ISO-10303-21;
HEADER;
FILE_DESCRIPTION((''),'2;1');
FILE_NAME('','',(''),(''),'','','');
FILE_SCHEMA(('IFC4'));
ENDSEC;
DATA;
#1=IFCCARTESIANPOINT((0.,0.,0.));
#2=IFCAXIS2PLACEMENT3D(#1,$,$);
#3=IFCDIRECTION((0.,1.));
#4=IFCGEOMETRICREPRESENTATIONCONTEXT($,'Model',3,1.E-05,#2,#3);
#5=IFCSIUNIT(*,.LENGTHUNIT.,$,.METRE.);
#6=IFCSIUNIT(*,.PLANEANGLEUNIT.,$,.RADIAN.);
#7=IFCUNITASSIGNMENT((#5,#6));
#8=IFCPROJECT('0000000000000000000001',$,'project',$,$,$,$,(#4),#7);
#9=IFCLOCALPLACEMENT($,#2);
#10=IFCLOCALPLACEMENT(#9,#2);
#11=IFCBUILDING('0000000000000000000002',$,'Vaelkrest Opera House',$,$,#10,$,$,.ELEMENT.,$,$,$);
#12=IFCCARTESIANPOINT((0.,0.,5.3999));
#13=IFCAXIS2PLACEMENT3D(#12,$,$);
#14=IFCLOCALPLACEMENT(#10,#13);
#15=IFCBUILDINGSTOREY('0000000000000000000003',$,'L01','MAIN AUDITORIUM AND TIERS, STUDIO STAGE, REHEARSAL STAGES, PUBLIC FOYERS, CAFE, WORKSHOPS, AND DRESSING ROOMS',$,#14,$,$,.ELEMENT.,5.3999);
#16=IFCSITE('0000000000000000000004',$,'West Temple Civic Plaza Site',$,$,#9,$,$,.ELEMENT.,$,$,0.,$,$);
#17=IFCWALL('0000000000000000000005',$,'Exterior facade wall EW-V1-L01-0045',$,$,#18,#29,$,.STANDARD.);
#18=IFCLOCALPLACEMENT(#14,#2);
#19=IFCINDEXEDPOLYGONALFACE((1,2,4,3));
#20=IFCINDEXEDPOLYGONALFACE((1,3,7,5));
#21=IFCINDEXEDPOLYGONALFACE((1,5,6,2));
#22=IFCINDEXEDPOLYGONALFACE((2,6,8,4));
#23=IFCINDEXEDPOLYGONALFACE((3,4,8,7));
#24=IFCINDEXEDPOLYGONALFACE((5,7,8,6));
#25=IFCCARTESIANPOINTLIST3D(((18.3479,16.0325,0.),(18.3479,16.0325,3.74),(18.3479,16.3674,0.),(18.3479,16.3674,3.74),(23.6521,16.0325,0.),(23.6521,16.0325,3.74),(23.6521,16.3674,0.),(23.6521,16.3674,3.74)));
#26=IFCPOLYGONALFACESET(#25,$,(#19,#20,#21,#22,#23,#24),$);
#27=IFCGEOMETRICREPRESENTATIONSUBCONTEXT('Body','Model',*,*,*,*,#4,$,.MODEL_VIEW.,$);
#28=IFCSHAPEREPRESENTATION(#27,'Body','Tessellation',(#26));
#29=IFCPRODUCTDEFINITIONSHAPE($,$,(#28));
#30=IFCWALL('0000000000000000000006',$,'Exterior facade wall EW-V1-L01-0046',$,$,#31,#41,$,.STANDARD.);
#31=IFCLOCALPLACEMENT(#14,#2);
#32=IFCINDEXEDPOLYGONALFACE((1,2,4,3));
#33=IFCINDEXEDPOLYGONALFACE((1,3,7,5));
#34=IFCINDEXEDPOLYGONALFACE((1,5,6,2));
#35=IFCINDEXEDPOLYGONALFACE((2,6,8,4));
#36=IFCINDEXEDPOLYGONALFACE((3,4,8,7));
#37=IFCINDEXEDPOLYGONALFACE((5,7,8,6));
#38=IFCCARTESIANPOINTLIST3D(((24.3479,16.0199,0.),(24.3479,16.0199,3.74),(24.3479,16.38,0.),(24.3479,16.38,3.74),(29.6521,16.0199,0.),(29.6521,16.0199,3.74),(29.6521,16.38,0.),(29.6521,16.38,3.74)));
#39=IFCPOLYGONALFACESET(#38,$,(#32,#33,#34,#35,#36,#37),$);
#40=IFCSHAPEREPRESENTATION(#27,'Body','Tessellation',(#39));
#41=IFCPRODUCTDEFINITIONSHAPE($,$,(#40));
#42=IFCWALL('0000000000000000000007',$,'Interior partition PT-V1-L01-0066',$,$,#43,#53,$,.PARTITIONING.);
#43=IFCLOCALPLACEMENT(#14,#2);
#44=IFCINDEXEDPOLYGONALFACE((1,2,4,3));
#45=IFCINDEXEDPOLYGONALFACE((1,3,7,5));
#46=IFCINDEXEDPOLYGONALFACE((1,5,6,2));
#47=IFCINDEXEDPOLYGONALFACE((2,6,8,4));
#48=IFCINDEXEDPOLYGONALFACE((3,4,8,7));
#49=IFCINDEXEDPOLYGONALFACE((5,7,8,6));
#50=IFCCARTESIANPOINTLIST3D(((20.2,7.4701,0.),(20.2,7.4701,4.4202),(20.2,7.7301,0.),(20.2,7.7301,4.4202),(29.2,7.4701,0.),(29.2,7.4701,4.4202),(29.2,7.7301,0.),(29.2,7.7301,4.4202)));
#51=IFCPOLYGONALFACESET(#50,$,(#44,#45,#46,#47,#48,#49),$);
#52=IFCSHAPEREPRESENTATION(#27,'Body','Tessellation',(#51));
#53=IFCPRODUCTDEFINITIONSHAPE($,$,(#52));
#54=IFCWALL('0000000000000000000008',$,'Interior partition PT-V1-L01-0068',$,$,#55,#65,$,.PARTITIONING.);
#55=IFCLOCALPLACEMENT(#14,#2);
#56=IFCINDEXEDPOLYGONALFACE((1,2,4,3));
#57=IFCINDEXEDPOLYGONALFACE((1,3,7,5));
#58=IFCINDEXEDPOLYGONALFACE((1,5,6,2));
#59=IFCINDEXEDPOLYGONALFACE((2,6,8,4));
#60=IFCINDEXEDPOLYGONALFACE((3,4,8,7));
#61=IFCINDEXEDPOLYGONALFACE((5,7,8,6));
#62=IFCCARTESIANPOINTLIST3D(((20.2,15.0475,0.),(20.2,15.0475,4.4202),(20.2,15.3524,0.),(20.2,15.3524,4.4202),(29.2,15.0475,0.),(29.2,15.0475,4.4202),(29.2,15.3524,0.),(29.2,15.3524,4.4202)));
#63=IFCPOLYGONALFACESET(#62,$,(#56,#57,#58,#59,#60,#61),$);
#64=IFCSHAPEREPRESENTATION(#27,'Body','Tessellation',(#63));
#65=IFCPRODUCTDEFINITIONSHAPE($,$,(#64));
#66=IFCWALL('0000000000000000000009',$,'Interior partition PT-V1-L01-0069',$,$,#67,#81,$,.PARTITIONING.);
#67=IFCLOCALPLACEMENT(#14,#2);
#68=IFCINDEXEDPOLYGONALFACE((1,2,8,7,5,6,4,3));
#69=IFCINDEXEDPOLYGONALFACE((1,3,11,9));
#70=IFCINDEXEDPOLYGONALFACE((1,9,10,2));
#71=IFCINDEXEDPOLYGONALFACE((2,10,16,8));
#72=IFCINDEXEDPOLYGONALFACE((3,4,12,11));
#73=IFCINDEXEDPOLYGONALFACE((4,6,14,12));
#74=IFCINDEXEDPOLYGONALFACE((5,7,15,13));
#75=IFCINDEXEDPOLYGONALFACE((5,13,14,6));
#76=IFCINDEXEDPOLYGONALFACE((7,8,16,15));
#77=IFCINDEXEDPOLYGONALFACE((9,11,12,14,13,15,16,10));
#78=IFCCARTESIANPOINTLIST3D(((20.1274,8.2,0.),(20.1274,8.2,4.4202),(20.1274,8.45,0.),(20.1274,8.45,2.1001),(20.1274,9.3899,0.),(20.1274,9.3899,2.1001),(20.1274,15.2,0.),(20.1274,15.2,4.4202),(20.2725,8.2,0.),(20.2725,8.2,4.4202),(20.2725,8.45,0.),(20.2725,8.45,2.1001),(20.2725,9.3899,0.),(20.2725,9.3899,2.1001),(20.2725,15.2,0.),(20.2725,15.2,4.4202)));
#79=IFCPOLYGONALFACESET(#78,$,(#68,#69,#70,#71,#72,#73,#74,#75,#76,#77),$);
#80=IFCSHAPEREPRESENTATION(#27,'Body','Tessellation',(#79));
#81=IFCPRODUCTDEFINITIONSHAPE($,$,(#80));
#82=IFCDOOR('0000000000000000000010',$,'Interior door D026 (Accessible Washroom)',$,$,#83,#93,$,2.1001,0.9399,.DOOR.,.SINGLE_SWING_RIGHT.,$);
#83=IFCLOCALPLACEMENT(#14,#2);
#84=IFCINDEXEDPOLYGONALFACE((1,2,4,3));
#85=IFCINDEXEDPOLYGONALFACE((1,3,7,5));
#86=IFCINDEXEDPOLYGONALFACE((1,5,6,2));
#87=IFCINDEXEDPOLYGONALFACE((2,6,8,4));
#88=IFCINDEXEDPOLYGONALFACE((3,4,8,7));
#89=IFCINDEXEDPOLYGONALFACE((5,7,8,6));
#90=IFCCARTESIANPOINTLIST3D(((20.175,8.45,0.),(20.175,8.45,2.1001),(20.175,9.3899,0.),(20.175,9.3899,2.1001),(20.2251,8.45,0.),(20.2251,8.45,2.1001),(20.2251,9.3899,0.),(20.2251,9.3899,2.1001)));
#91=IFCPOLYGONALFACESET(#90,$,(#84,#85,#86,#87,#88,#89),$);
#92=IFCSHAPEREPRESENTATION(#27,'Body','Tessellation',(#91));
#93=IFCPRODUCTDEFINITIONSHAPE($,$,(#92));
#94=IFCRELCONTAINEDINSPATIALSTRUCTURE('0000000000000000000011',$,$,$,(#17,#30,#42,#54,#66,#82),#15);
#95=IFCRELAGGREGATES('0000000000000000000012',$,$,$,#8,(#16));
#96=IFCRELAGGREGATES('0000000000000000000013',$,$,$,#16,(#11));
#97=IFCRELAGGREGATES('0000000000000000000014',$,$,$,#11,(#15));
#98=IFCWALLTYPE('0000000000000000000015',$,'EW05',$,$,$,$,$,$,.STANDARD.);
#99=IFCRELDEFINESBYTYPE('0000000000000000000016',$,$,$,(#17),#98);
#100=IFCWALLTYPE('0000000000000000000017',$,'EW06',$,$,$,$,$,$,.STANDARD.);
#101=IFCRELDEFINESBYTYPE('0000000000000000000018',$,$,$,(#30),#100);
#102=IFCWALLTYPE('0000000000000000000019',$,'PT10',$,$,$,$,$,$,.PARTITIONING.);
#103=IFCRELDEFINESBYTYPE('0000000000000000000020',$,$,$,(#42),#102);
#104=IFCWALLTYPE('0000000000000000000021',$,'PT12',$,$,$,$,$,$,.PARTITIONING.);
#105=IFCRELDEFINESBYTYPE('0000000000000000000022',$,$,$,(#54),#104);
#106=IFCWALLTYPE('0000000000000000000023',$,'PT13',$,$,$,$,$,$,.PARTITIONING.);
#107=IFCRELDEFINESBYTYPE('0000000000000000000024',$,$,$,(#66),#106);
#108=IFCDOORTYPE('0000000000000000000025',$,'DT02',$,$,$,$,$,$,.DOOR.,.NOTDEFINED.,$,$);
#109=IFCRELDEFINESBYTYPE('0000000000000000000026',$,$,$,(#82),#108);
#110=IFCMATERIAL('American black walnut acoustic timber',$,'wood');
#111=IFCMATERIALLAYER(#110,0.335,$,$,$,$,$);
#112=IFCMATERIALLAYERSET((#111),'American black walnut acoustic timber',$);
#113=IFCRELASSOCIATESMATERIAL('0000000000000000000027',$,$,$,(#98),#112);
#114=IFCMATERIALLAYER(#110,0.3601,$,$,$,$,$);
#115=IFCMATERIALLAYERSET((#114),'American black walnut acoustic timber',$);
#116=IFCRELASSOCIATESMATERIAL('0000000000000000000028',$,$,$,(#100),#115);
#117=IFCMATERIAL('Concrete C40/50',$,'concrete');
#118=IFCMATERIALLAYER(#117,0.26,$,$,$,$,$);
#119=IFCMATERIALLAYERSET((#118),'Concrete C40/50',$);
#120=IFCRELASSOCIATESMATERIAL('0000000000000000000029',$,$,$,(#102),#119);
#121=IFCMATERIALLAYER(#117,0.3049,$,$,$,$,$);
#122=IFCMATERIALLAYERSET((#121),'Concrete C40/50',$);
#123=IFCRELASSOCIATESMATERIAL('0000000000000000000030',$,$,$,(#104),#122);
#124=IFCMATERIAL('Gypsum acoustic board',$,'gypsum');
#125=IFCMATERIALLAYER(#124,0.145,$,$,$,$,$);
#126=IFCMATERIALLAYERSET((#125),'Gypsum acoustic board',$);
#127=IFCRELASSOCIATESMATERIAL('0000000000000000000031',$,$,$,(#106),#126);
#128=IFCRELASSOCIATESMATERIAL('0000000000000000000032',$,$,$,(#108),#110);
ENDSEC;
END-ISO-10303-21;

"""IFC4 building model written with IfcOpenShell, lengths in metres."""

from ifc_helpers import new_model, si_unit, direction, frame, frame_2d, origin, place, context, subcontext, project, spatial, rectangle, extrude, material, layer, layer_set, type_object, element, fill, save


model = new_model("IFC4")

# Units and contexts
model_context = context("Model", 3, precision=1e-05, world=origin(), true_north=direction((0.0, 1.0)))
body_context = subcontext(model_context, "Body", "Model", "MODEL_VIEW")
ifc_project = project(units=[si_unit("LENGTHUNIT", "METRE"), si_unit("PLANEANGLEUNIT", "RADIAN")], contexts=[model_context])

# Site, building, storey
site_placement = place(None, origin())
site = spatial("IfcSite", under=ifc_project, at=site_placement, Name="West Temple Civic Plaza Site", CompositionType="ELEMENT", RefElevation=0.0)
building_placement = place(site_placement, origin())
building = spatial("IfcBuilding", under=site, at=building_placement, Name="Vaelkrest Opera House", CompositionType="ELEMENT")
storey_placement = place(building_placement, frame((0.0, 0.0, 5.3999)))
storey = spatial("IfcBuildingStorey", under=building, at=storey_placement, Name="L01", Description="MAIN AUDITORIUM AND TIERS, STUDIO STAGE, REHEARSAL STAGES, PUBLIC FOYERS, CAFE, WORKSHOPS, AND DRESSING ROOMS", CompositionType="ELEMENT", Elevation=5.3999)

# Walls
ifc_material_1 = material(Name="American black walnut acoustic timber", Category="wood")
ifc_layer_1 = layer(ifc_material_1, 0.335)
ifc_layer_set_1 = layer_set([ifc_layer_1], Name="American black walnut acoustic timber")
wall_type_1 = type_object("IfcWallType", Name="EW05", PredefinedType="STANDARD", material=ifc_layer_set_1)
wall_1_placement = place(storey_placement, frame((18.3479, 16.2, 0.0), z_axis=(0.0, 0.0, 1.0), x_axis=(1.0, 0.0, 0.0)))
element("IfcWall", 1, at=wall_1_placement, inside=storey, type_object=wall_type_1, Name="Exterior facade wall EW-V1-L01-0045", PredefinedType="STANDARD", context=body_context, shape_type="SweptSolid", body=[
    extrude(rectangle(XDim=5.3042, YDim=0.335, at=frame_2d((2.6521, 0.0))), origin(), (0.0, 0.0, 1.0), 3.74),
])
ifc_layer_2 = layer(ifc_material_1, 0.3601)
ifc_layer_set_2 = layer_set([ifc_layer_2], Name="American black walnut acoustic timber")
wall_type_2 = type_object("IfcWallType", Name="EW06", PredefinedType="STANDARD", material=ifc_layer_set_2)
wall_2_placement = place(storey_placement, frame((24.3479, 16.2, 0.0), z_axis=(0.0, 0.0, 1.0), x_axis=(1.0, 0.0, 0.0)))
element("IfcWall", 2, at=wall_2_placement, inside=storey, type_object=wall_type_2, Name="Exterior facade wall EW-V1-L01-0046", PredefinedType="STANDARD", context=body_context, shape_type="SweptSolid", body=[
    extrude(rectangle(XDim=5.3042, YDim=0.3601, at=frame_2d((2.6521, 0.0))), origin(), (0.0, 0.0, 1.0), 3.74),
])
ifc_material_2 = material(Name="Concrete C40/50", Category="concrete")
ifc_layer_3 = layer(ifc_material_2, 0.26)
ifc_layer_set_3 = layer_set([ifc_layer_3], Name="Concrete C40/50")
wall_type_3 = type_object("IfcWallType", Name="PT10", PredefinedType="PARTITIONING", material=ifc_layer_set_3)
wall_3_placement = place(storey_placement, frame((20.2, 7.6001, 0.0), z_axis=(0.0, 0.0, 1.0), x_axis=(1.0, 0.0, 0.0)))
element("IfcWall", 3, at=wall_3_placement, inside=storey, type_object=wall_type_3, Name="Interior partition PT-V1-L01-0066", PredefinedType="PARTITIONING", context=body_context, shape_type="SweptSolid", body=[
    extrude(rectangle(XDim=9.0, YDim=0.26, at=frame_2d((4.5, 0.0))), origin(), (0.0, 0.0, 1.0), 4.4202),
])
ifc_layer_4 = layer(ifc_material_2, 0.3049)
ifc_layer_set_4 = layer_set([ifc_layer_4], Name="Concrete C40/50")
wall_type_4 = type_object("IfcWallType", Name="PT12", PredefinedType="PARTITIONING", material=ifc_layer_set_4)
wall_4_placement = place(storey_placement, frame((20.2, 15.2, 0.0), z_axis=(0.0, 0.0, 1.0), x_axis=(1.0, 0.0, 0.0)))
element("IfcWall", 4, at=wall_4_placement, inside=storey, type_object=wall_type_4, Name="Interior partition PT-V1-L01-0068", PredefinedType="PARTITIONING", context=body_context, shape_type="SweptSolid", body=[
    extrude(rectangle(XDim=9.0, YDim=0.3049, at=frame_2d((4.5, 0.0))), origin(), (0.0, 0.0, 1.0), 4.4202),
])

# Wall, opening, door
ifc_material_3 = material(Name="Gypsum acoustic board", Category="gypsum")
ifc_layer_5 = layer(ifc_material_3, 0.145)
ifc_layer_set_5 = layer_set([ifc_layer_5], Name="Gypsum acoustic board")
wall_type_5 = type_object("IfcWallType", Name="PT13", PredefinedType="PARTITIONING", material=ifc_layer_set_5)
wall_5_placement = place(storey_placement, frame((20.2, 8.2, 0.0), z_axis=(0.0, 0.0, 1.0), x_axis=(0.0, 1.0, 0.0)))
wall_5 = element("IfcWall", 5, at=wall_5_placement, inside=storey, type_object=wall_type_5, Name="Interior partition PT-V1-L01-0069", PredefinedType="PARTITIONING", context=body_context, shape_type="SweptSolid", body=[
    extrude(rectangle(XDim=7.0, YDim=0.145, at=frame_2d((3.5, 0.0))), origin(), (0.0, 0.0, 1.0), 4.4202),
])
opening_placement = place(wall_5_placement, frame((0.25, 0.0, 0.0)))
opening = element("IfcOpeningElement", 6, at=opening_placement, cuts=wall_5, PredefinedType="OPENING", context=body_context, shape_type="SweptSolid", body=[
    extrude(rectangle(XDim=0.9399, YDim=2.1001, at=frame_2d((0.47, 1.05))), frame((0.0, 0.0825, 0.0), z_axis=(0.0, -1.0, 0.0), x_axis=(1.0, 0.0, 0.0)), (0.0, 0.0, 1.0), 0.165),
])
door_type = type_object("IfcDoorType", Name="DT02", OperationType="NOTDEFINED", PredefinedType="DOOR", material=ifc_material_1)
door_placement = place(opening_placement, origin())
door = element("IfcDoor", 7, at=door_placement, inside=storey, type_object=door_type, Name="Interior door D026 (Accessible Washroom)", OperationType="SINGLE_SWING_RIGHT", OverallHeight=2.1001, OverallWidth=0.9399, PredefinedType="DOOR", context=body_context, shape_type="SweptSolid", body=[
    extrude(rectangle(XDim=0.9399, YDim=2.1001, at=frame_2d((0.47, 1.05))), frame((0.0, 0.0249, 0.0), z_axis=(0.0, -1.0, 0.0), x_axis=(1.0, 0.0, 0.0)), (0.0, 0.0, 1.0), 0.05),
])
fill(opening, door)

save(model, "model.ifc")
